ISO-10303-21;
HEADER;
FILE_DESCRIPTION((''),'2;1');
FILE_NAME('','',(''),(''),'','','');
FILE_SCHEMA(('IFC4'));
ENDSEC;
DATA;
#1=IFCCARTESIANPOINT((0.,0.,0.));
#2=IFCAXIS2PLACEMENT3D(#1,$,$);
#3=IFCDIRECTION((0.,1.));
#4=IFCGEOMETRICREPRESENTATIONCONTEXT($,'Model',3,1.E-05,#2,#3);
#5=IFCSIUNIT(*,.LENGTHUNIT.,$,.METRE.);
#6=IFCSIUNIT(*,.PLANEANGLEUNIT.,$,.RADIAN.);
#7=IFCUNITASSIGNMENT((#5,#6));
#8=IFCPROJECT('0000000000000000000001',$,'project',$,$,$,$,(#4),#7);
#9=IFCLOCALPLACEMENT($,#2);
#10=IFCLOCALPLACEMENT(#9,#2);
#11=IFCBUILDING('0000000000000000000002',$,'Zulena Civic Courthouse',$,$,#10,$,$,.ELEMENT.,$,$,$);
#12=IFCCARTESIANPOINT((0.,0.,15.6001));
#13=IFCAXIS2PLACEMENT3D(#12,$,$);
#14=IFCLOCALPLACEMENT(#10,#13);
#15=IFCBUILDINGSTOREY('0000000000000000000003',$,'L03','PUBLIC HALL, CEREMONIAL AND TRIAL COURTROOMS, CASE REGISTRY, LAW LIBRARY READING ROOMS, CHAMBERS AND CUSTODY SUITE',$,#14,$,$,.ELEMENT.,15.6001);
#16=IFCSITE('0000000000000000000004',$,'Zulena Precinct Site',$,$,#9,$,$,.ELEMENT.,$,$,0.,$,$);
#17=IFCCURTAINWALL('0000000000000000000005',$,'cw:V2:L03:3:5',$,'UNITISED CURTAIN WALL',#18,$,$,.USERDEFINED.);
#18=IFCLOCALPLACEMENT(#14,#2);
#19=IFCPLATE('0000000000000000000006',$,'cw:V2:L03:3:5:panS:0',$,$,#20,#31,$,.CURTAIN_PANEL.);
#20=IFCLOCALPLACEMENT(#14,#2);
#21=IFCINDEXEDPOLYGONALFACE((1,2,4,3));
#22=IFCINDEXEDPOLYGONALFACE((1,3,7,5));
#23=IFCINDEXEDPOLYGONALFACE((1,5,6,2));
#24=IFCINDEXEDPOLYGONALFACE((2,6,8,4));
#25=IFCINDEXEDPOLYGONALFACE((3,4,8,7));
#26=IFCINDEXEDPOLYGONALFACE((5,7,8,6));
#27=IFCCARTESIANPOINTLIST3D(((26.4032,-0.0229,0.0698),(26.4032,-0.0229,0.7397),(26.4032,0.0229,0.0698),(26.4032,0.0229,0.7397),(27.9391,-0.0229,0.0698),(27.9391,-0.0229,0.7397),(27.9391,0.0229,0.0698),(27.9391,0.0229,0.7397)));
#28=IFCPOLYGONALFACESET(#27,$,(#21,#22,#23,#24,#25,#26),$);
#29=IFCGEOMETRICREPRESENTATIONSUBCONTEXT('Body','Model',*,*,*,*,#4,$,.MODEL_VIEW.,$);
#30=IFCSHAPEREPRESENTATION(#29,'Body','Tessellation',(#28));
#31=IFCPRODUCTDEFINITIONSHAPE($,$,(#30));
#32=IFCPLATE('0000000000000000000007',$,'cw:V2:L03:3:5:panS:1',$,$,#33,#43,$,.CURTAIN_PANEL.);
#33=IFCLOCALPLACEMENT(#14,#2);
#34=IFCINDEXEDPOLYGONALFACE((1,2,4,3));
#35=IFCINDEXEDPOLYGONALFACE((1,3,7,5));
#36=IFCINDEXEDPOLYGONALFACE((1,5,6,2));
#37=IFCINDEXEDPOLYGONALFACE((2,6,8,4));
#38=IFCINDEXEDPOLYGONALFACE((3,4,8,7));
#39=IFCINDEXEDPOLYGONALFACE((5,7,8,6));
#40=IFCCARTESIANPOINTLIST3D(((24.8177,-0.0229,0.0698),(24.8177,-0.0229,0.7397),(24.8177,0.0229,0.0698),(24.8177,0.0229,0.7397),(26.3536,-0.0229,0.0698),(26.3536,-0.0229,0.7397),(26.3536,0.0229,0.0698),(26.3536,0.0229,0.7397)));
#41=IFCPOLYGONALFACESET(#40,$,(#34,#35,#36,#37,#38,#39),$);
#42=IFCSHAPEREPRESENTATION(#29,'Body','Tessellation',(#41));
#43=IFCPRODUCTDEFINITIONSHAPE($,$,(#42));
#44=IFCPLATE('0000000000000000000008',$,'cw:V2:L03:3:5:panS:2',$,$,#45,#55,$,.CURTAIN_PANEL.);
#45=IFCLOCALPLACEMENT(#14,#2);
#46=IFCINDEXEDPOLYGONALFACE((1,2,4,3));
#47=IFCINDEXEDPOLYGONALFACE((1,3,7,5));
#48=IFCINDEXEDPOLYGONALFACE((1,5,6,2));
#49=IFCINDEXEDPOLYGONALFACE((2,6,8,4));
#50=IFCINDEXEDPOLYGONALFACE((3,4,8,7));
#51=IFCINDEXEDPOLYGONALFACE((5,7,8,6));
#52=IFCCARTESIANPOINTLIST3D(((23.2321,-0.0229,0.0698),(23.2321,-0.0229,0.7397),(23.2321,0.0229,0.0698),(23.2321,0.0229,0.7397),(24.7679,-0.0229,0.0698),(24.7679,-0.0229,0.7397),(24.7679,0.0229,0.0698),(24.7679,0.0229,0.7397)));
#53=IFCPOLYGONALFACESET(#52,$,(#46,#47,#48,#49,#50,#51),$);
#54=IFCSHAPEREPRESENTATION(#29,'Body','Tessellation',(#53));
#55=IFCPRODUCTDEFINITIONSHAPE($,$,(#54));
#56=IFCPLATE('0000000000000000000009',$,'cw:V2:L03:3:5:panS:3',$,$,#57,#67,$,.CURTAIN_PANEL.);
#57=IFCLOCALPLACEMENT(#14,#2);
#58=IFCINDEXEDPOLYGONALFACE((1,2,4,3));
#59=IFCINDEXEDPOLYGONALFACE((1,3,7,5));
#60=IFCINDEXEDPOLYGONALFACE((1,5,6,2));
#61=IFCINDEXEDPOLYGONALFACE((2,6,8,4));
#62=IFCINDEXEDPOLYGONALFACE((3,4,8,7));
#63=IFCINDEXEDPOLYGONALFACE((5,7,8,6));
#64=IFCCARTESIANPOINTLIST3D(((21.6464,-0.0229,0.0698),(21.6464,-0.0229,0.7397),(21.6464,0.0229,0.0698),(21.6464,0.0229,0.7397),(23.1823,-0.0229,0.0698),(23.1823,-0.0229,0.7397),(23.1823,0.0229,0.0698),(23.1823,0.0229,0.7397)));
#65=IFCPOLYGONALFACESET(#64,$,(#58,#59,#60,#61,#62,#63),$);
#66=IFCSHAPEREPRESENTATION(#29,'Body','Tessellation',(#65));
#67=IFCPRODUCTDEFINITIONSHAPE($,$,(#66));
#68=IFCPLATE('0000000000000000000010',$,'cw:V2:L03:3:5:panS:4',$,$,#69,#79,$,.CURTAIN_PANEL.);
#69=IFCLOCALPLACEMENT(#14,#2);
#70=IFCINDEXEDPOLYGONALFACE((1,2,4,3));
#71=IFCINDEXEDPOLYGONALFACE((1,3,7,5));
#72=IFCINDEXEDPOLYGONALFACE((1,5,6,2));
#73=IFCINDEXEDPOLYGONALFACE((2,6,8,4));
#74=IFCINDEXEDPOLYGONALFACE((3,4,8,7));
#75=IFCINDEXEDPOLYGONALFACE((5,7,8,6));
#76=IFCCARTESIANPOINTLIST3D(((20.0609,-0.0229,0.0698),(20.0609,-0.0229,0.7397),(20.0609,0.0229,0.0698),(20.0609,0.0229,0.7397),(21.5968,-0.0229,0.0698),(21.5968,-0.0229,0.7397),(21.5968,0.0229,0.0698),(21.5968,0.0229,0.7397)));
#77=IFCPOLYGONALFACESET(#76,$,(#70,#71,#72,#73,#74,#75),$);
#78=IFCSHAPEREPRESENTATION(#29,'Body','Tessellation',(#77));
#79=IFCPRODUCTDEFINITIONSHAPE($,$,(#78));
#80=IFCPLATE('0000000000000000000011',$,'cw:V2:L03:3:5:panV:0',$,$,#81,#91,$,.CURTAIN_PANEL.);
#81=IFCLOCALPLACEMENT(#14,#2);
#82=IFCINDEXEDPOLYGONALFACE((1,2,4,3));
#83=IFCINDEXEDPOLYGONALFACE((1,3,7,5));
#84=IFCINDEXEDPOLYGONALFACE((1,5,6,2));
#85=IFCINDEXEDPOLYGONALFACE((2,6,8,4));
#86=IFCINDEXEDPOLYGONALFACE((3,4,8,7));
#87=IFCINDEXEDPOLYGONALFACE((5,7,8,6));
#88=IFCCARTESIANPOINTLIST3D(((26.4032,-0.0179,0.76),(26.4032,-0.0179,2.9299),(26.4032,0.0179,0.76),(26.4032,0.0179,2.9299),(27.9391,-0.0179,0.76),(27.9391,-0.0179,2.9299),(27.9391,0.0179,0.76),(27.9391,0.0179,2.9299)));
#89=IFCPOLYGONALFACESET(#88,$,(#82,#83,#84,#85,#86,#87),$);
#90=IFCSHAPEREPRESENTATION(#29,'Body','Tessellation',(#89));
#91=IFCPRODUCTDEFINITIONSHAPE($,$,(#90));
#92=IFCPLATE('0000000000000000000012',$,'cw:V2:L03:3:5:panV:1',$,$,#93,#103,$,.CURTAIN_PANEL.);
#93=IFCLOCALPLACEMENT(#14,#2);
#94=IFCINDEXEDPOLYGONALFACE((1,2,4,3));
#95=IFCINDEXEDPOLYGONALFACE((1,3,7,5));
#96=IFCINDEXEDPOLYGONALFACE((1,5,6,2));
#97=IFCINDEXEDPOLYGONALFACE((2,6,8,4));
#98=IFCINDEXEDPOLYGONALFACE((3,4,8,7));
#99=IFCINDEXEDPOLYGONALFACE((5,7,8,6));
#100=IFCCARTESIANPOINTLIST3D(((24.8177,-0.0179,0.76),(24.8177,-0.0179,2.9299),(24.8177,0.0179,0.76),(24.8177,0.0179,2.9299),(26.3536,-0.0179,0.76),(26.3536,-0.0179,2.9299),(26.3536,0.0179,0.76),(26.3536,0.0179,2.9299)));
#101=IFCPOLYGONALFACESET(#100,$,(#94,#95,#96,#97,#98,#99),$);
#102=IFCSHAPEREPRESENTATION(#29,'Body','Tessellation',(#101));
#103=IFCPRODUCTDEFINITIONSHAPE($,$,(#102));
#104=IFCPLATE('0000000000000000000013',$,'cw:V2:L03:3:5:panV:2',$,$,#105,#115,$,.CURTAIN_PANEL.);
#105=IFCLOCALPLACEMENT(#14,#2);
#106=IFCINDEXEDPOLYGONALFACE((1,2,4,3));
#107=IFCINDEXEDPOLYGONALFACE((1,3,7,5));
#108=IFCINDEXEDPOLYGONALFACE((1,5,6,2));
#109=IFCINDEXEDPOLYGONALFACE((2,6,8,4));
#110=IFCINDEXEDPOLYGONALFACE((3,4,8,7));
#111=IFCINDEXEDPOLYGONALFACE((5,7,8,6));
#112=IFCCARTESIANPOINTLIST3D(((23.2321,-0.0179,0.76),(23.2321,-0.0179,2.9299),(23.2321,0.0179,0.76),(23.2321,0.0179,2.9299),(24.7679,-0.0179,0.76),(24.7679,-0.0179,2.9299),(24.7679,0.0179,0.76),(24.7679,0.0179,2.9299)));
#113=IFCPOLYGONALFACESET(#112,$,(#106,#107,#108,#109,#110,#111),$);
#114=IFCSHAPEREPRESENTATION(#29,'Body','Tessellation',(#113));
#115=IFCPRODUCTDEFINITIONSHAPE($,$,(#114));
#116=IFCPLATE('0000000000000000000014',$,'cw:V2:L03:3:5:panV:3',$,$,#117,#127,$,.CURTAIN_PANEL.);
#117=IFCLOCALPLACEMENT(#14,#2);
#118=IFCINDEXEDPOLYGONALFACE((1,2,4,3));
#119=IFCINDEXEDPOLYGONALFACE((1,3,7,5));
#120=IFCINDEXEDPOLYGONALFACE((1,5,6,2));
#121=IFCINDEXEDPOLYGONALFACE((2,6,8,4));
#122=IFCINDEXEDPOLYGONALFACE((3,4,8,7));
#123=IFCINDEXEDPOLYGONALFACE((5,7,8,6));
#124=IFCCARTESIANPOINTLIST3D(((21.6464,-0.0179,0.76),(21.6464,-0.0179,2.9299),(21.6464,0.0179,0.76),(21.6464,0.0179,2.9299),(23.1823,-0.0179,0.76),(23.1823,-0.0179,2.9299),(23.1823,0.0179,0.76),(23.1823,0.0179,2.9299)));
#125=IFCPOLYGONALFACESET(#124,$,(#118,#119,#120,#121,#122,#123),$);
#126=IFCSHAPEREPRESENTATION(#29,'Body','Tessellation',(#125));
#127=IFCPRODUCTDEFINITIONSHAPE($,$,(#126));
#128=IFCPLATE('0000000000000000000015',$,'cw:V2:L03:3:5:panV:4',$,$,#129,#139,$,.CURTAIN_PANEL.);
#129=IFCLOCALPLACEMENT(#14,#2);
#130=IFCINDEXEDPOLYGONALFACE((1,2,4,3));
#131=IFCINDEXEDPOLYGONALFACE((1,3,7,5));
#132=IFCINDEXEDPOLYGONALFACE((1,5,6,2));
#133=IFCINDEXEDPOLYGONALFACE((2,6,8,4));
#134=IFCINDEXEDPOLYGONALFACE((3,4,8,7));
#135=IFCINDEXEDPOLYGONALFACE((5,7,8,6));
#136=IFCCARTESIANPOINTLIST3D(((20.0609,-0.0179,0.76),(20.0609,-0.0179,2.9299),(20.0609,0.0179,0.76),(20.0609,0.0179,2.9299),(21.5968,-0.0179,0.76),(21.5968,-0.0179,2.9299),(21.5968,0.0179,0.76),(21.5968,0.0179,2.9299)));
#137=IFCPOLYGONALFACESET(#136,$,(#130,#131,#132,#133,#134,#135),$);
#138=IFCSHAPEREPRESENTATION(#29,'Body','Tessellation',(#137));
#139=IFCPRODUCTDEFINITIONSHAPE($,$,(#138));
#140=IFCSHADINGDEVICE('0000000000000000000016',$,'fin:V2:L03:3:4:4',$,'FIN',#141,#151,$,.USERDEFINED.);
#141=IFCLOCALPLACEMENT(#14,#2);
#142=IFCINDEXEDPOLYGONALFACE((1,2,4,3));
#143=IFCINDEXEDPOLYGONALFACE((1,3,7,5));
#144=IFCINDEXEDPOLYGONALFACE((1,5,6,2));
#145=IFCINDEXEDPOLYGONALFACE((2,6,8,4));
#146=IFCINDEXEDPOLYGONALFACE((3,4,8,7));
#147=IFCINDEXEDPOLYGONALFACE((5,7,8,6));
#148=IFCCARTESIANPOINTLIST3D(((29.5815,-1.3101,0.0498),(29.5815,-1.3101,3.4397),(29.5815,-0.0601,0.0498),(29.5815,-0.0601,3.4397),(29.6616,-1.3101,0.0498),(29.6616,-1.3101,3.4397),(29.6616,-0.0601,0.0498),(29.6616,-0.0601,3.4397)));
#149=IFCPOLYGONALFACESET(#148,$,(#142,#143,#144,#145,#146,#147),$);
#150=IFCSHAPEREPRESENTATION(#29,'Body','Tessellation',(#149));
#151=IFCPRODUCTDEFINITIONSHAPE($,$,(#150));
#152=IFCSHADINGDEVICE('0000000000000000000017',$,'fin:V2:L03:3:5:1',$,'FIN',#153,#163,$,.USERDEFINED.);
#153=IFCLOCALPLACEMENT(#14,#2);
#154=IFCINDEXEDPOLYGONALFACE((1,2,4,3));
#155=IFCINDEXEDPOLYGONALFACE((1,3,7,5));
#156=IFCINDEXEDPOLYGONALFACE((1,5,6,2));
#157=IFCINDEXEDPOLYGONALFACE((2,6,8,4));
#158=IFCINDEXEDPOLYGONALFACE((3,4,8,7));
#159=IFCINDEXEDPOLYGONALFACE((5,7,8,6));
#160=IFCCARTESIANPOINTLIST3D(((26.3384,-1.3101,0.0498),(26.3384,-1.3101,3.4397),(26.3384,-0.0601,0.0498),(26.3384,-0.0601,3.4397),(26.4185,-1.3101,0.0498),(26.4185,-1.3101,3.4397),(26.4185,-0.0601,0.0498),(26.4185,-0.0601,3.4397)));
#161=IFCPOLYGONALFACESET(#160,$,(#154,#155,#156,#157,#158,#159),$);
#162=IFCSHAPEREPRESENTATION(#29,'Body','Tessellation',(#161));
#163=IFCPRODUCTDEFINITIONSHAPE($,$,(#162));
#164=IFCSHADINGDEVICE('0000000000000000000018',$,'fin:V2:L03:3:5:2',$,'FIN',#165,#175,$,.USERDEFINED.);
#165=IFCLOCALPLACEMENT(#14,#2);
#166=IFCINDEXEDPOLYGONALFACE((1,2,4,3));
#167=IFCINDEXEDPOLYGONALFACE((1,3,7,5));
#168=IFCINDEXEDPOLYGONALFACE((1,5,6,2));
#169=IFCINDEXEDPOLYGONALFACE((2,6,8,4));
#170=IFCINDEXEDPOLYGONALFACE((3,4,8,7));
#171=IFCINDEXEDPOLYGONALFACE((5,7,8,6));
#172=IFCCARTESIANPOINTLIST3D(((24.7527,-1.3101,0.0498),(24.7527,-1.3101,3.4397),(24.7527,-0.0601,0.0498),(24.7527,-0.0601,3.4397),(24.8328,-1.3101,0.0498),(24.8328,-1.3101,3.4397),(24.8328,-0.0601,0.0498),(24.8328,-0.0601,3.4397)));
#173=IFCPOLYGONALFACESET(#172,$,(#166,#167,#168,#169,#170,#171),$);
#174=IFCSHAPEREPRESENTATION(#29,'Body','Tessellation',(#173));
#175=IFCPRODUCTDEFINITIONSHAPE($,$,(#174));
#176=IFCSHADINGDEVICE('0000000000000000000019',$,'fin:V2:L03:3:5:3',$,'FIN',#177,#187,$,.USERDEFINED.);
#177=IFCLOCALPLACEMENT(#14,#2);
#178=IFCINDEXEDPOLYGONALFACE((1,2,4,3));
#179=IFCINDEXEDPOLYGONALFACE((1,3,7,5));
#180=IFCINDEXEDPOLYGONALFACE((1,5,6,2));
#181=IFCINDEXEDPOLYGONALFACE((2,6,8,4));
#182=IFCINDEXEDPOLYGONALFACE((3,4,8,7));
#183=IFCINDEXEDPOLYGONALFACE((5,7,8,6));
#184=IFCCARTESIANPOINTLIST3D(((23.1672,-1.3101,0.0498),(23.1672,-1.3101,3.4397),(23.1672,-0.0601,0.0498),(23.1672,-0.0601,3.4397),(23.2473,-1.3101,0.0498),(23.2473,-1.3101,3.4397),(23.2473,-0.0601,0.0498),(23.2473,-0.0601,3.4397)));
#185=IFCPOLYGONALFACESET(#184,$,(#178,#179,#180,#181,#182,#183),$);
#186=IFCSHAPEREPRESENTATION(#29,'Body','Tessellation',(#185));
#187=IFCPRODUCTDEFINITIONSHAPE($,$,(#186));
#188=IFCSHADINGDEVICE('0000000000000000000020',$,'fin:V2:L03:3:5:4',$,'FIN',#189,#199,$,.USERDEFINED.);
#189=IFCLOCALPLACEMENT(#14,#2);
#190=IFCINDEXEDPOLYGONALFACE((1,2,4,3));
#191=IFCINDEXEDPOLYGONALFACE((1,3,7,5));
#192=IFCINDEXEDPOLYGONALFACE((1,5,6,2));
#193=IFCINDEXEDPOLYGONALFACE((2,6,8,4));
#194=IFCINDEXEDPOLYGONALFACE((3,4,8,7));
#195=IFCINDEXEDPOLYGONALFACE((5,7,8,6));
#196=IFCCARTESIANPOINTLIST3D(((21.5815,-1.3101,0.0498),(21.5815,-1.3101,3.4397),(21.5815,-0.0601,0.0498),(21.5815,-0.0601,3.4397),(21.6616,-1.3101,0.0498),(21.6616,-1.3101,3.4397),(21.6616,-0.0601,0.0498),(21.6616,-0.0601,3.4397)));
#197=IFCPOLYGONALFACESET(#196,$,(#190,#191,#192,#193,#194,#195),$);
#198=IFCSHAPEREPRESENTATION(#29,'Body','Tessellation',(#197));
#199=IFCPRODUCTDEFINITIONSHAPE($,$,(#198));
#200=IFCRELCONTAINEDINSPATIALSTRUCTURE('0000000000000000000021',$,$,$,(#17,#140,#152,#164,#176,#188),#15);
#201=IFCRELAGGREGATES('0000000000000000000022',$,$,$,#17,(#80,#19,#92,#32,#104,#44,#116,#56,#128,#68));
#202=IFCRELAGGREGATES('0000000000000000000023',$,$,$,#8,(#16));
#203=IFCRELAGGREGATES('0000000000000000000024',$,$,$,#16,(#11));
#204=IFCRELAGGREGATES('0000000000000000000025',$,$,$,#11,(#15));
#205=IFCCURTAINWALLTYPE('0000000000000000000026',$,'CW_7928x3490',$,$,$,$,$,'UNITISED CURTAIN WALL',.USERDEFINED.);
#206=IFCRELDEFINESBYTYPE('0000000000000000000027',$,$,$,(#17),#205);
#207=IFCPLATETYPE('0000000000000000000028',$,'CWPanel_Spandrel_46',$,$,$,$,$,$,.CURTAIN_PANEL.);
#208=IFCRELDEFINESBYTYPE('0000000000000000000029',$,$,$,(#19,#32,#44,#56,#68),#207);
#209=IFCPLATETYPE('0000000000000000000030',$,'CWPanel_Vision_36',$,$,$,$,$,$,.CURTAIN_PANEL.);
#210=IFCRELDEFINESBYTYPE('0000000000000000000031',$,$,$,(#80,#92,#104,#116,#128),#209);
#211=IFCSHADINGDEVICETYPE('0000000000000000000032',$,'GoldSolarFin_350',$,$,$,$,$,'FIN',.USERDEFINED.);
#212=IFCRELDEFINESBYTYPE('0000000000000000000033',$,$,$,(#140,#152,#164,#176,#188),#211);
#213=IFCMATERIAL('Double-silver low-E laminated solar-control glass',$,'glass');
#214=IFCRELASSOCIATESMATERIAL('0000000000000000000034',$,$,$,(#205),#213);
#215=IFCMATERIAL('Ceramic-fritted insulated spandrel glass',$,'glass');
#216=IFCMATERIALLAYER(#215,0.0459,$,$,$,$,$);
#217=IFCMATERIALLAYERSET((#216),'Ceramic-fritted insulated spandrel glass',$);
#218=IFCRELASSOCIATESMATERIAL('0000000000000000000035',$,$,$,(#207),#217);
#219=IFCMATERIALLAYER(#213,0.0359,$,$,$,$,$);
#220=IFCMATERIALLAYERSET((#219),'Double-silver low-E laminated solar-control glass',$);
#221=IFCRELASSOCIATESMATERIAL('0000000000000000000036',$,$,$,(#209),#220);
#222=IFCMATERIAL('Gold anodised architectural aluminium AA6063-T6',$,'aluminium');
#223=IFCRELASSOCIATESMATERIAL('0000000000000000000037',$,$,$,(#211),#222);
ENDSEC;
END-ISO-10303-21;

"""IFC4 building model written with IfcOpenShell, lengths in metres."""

from ifc_helpers import new_model, si_unit, direction, frame, origin, origin_2d, place, context, subcontext, project, spatial, rectangle, extrude, material, layer, layer_set, type_object, element, aggregate, save


model = new_model("IFC4")

# Units and contexts
model_context = context("Model", 3, precision=1e-05, world=origin(), true_north=direction((0.0, 1.0)))
body_context = subcontext(model_context, "Body", "Model", "MODEL_VIEW")
ifc_project = project(units=[si_unit("LENGTHUNIT", "METRE"), si_unit("PLANEANGLEUNIT", "RADIAN")], contexts=[model_context])

# Site, building, storey
site_placement = place(None, origin())
site = spatial("IfcSite", under=ifc_project, at=site_placement, Name="Zulena Precinct Site", CompositionType="ELEMENT", RefElevation=0.0)
building_placement = place(site_placement, origin())
building = spatial("IfcBuilding", under=site, at=building_placement, Name="Zulena Civic Courthouse", CompositionType="ELEMENT")
storey_placement = place(building_placement, frame((0.0, 0.0, 15.6001)))
storey = spatial("IfcBuildingStorey", under=building, at=storey_placement, Name="L03", Description="PUBLIC HALL, CEREMONIAL AND TRIAL COURTROOMS, CASE REGISTRY, LAW LIBRARY READING ROOMS, CHAMBERS AND CUSTODY SUITE", CompositionType="ELEMENT", Elevation=15.6001)

# Curtain wall
ifc_material_1 = material(Name="Double-silver low-E laminated solar-control glass", Category="glass")
curtain_wall_type = type_object("IfcCurtainWallType", Name="CW_7928x3490", ElementType="UNITISED CURTAIN WALL", PredefinedType="USERDEFINED", material=ifc_material_1)
curtain_wall_placement = place(storey_placement, origin())
curtain_wall = element("IfcCurtainWall", 1, at=curtain_wall_placement, inside=storey, type_object=curtain_wall_type, Name="cw:V2:L03:3:5", ObjectType="UNITISED CURTAIN WALL", PredefinedType="USERDEFINED")

# Plates
ifc_material_2 = material(Name="Ceramic-fritted insulated spandrel glass", Category="glass")
ifc_layer_1 = layer(ifc_material_2, 0.0459)
ifc_layer_set_1 = layer_set([ifc_layer_1], Name="Ceramic-fritted insulated spandrel glass")
plate_type_1 = type_object("IfcPlateType", Name="CWPanel_Spandrel_46", PredefinedType="CURTAIN_PANEL", material=ifc_layer_set_1)
plate_1_placement = place(storey_placement, frame((27.1711, 0.0, 0.0698), z_axis=(0.0, 0.0, 1.0), x_axis=(-1.0, 0.0, 0.0)))
plate_1 = element("IfcPlate", 2, at=plate_1_placement, type_object=plate_type_1, Name="cw:V2:L03:3:5:panS:0", PredefinedType="CURTAIN_PANEL", context=body_context, shape_type="SweptSolid", body=[
    extrude(rectangle(XDim=1.5359, YDim=0.0459, at=origin_2d()), origin(), (0.0, 0.0, 1.0), 0.6699),
])
plate_2_placement = place(storey_placement, frame((25.5857, 0.0, 0.0698), z_axis=(0.0, 0.0, 1.0), x_axis=(-1.0, 0.0, 0.0)))
plate_2 = element("IfcPlate", 3, at=plate_2_placement, type_object=plate_type_1, Name="cw:V2:L03:3:5:panS:1", PredefinedType="CURTAIN_PANEL", context=body_context, shape_type="SweptSolid", body=[
    extrude(rectangle(XDim=1.5359, YDim=0.0459, at=origin_2d()), origin(), (0.0, 0.0, 1.0), 0.6699),
])
plate_3_placement = place(storey_placement, frame((24.0, 0.0, 0.0698), z_axis=(0.0, 0.0, 1.0), x_axis=(-1.0, 0.0, 0.0)))
plate_3 = element("IfcPlate", 4, at=plate_3_placement, type_object=plate_type_1, Name="cw:V2:L03:3:5:panS:2", PredefinedType="CURTAIN_PANEL", context=body_context, shape_type="SweptSolid", body=[
    extrude(rectangle(XDim=1.5359, YDim=0.0459, at=origin_2d()), origin(), (0.0, 0.0, 1.0), 0.6699),
])
plate_4_placement = place(storey_placement, frame((22.4143, 0.0, 0.0698), z_axis=(0.0, 0.0, 1.0), x_axis=(-1.0, 0.0, 0.0)))
plate_4 = element("IfcPlate", 5, at=plate_4_placement, type_object=plate_type_1, Name="cw:V2:L03:3:5:panS:3", PredefinedType="CURTAIN_PANEL", context=body_context, shape_type="SweptSolid", body=[
    extrude(rectangle(XDim=1.5359, YDim=0.0459, at=origin_2d()), origin(), (0.0, 0.0, 1.0), 0.6699),
])
plate_5_placement = place(storey_placement, frame((20.8289, 0.0, 0.0698), z_axis=(0.0, 0.0, 1.0), x_axis=(-1.0, 0.0, 0.0)))
plate_5 = element("IfcPlate", 6, at=plate_5_placement, type_object=plate_type_1, Name="cw:V2:L03:3:5:panS:4", PredefinedType="CURTAIN_PANEL", context=body_context, shape_type="SweptSolid", body=[
    extrude(rectangle(XDim=1.5359, YDim=0.0459, at=origin_2d()), origin(), (0.0, 0.0, 1.0), 0.6699),
])
ifc_layer_2 = layer(ifc_material_1, 0.0359)
ifc_layer_set_2 = layer_set([ifc_layer_2], Name="Double-silver low-E laminated solar-control glass")
plate_type_2 = type_object("IfcPlateType", Name="CWPanel_Vision_36", PredefinedType="CURTAIN_PANEL", material=ifc_layer_set_2)
plate_6_placement = place(storey_placement, frame((27.1711, 0.0, 0.76), z_axis=(0.0, 0.0, 1.0), x_axis=(-1.0, 0.0, 0.0)))
plate_6 = element("IfcPlate", 7, at=plate_6_placement, type_object=plate_type_2, Name="cw:V2:L03:3:5:panV:0", PredefinedType="CURTAIN_PANEL", context=body_context, shape_type="SweptSolid", body=[
    extrude(rectangle(XDim=1.5359, YDim=0.0359, at=origin_2d()), origin(), (0.0, 0.0, 1.0), 2.1699),
])
plate_7_placement = place(storey_placement, frame((25.5857, 0.0, 0.76), z_axis=(0.0, 0.0, 1.0), x_axis=(-1.0, 0.0, 0.0)))
plate_7 = element("IfcPlate", 8, at=plate_7_placement, type_object=plate_type_2, Name="cw:V2:L03:3:5:panV:1", PredefinedType="CURTAIN_PANEL", context=body_context, shape_type="SweptSolid", body=[
    extrude(rectangle(XDim=1.5359, YDim=0.0359, at=origin_2d()), origin(), (0.0, 0.0, 1.0), 2.1699),
])
plate_8_placement = place(storey_placement, frame((24.0, 0.0, 0.76), z_axis=(0.0, 0.0, 1.0), x_axis=(-1.0, 0.0, 0.0)))
plate_8 = element("IfcPlate", 9, at=plate_8_placement, type_object=plate_type_2, Name="cw:V2:L03:3:5:panV:2", PredefinedType="CURTAIN_PANEL", context=body_context, shape_type="SweptSolid", body=[
    extrude(rectangle(XDim=1.5359, YDim=0.0359, at=origin_2d()), origin(), (0.0, 0.0, 1.0), 2.1699),
])
plate_9_placement = place(storey_placement, frame((22.4143, 0.0, 0.76), z_axis=(0.0, 0.0, 1.0), x_axis=(-1.0, 0.0, 0.0)))
plate_9 = element("IfcPlate", 10, at=plate_9_placement, type_object=plate_type_2, Name="cw:V2:L03:3:5:panV:3", PredefinedType="CURTAIN_PANEL", context=body_context, shape_type="SweptSolid", body=[
    extrude(rectangle(XDim=1.5359, YDim=0.0359, at=origin_2d()), origin(), (0.0, 0.0, 1.0), 2.1699),
])
plate_10_placement = place(storey_placement, frame((20.8289, 0.0, 0.76), z_axis=(0.0, 0.0, 1.0), x_axis=(-1.0, 0.0, 0.0)))
plate_10 = element("IfcPlate", 11, at=plate_10_placement, type_object=plate_type_2, Name="cw:V2:L03:3:5:panV:4", PredefinedType="CURTAIN_PANEL", context=body_context, shape_type="SweptSolid", body=[
    extrude(rectangle(XDim=1.5359, YDim=0.0359, at=origin_2d()), origin(), (0.0, 0.0, 1.0), 2.1699),
])
aggregate(curtain_wall, [plate_6, plate_1, plate_7, plate_2, plate_8, plate_3, plate_9, plate_4, plate_10, plate_5])

# Shading devices
ifc_material_3 = material(Name="Gold anodised architectural aluminium AA6063-T6", Category="aluminium")
shading_device_type = type_object("IfcShadingDeviceType", Name="GoldSolarFin_350", ElementType="FIN", PredefinedType="USERDEFINED", material=ifc_material_3)
for number, where, z_axis, x_axis, name in (
    (12, (29.6216, -0.6851, 0.0498), (0.0, 0.0, 1.0), (0.0, -1.0, 0.0), "fin:V2:L03:3:4:4"),
    (13, (26.3784, -0.6851, 0.0498), (0.0, 0.0, 1.0), (0.0, -1.0, 0.0), "fin:V2:L03:3:5:1"),
    (14, (24.7927, -0.6851, 0.0498), (0.0, 0.0, 1.0), (0.0, -1.0, 0.0), "fin:V2:L03:3:5:2"),
    (15, (23.2073, -0.6851, 0.0498), (0.0, 0.0, 1.0), (0.0, -1.0, 0.0), "fin:V2:L03:3:5:3"),
    (16, (21.6216, -0.6851, 0.0498), (0.0, 0.0, 1.0), (0.0, -1.0, 0.0), "fin:V2:L03:3:5:4"),
):
    element("IfcShadingDevice", number, at=place(storey_placement, frame(where, z_axis=z_axis, x_axis=x_axis)), inside=storey, type_object=shading_device_type, Name=name, ObjectType="FIN", PredefinedType="USERDEFINED", context=body_context, shape_type="SweptSolid", body=[
        extrude(rectangle(XDim=1.25, YDim=0.0801, at=origin_2d()), origin(), (0.0, 0.0, 1.0), 3.3899),
    ])

save(model, "model.ifc")
